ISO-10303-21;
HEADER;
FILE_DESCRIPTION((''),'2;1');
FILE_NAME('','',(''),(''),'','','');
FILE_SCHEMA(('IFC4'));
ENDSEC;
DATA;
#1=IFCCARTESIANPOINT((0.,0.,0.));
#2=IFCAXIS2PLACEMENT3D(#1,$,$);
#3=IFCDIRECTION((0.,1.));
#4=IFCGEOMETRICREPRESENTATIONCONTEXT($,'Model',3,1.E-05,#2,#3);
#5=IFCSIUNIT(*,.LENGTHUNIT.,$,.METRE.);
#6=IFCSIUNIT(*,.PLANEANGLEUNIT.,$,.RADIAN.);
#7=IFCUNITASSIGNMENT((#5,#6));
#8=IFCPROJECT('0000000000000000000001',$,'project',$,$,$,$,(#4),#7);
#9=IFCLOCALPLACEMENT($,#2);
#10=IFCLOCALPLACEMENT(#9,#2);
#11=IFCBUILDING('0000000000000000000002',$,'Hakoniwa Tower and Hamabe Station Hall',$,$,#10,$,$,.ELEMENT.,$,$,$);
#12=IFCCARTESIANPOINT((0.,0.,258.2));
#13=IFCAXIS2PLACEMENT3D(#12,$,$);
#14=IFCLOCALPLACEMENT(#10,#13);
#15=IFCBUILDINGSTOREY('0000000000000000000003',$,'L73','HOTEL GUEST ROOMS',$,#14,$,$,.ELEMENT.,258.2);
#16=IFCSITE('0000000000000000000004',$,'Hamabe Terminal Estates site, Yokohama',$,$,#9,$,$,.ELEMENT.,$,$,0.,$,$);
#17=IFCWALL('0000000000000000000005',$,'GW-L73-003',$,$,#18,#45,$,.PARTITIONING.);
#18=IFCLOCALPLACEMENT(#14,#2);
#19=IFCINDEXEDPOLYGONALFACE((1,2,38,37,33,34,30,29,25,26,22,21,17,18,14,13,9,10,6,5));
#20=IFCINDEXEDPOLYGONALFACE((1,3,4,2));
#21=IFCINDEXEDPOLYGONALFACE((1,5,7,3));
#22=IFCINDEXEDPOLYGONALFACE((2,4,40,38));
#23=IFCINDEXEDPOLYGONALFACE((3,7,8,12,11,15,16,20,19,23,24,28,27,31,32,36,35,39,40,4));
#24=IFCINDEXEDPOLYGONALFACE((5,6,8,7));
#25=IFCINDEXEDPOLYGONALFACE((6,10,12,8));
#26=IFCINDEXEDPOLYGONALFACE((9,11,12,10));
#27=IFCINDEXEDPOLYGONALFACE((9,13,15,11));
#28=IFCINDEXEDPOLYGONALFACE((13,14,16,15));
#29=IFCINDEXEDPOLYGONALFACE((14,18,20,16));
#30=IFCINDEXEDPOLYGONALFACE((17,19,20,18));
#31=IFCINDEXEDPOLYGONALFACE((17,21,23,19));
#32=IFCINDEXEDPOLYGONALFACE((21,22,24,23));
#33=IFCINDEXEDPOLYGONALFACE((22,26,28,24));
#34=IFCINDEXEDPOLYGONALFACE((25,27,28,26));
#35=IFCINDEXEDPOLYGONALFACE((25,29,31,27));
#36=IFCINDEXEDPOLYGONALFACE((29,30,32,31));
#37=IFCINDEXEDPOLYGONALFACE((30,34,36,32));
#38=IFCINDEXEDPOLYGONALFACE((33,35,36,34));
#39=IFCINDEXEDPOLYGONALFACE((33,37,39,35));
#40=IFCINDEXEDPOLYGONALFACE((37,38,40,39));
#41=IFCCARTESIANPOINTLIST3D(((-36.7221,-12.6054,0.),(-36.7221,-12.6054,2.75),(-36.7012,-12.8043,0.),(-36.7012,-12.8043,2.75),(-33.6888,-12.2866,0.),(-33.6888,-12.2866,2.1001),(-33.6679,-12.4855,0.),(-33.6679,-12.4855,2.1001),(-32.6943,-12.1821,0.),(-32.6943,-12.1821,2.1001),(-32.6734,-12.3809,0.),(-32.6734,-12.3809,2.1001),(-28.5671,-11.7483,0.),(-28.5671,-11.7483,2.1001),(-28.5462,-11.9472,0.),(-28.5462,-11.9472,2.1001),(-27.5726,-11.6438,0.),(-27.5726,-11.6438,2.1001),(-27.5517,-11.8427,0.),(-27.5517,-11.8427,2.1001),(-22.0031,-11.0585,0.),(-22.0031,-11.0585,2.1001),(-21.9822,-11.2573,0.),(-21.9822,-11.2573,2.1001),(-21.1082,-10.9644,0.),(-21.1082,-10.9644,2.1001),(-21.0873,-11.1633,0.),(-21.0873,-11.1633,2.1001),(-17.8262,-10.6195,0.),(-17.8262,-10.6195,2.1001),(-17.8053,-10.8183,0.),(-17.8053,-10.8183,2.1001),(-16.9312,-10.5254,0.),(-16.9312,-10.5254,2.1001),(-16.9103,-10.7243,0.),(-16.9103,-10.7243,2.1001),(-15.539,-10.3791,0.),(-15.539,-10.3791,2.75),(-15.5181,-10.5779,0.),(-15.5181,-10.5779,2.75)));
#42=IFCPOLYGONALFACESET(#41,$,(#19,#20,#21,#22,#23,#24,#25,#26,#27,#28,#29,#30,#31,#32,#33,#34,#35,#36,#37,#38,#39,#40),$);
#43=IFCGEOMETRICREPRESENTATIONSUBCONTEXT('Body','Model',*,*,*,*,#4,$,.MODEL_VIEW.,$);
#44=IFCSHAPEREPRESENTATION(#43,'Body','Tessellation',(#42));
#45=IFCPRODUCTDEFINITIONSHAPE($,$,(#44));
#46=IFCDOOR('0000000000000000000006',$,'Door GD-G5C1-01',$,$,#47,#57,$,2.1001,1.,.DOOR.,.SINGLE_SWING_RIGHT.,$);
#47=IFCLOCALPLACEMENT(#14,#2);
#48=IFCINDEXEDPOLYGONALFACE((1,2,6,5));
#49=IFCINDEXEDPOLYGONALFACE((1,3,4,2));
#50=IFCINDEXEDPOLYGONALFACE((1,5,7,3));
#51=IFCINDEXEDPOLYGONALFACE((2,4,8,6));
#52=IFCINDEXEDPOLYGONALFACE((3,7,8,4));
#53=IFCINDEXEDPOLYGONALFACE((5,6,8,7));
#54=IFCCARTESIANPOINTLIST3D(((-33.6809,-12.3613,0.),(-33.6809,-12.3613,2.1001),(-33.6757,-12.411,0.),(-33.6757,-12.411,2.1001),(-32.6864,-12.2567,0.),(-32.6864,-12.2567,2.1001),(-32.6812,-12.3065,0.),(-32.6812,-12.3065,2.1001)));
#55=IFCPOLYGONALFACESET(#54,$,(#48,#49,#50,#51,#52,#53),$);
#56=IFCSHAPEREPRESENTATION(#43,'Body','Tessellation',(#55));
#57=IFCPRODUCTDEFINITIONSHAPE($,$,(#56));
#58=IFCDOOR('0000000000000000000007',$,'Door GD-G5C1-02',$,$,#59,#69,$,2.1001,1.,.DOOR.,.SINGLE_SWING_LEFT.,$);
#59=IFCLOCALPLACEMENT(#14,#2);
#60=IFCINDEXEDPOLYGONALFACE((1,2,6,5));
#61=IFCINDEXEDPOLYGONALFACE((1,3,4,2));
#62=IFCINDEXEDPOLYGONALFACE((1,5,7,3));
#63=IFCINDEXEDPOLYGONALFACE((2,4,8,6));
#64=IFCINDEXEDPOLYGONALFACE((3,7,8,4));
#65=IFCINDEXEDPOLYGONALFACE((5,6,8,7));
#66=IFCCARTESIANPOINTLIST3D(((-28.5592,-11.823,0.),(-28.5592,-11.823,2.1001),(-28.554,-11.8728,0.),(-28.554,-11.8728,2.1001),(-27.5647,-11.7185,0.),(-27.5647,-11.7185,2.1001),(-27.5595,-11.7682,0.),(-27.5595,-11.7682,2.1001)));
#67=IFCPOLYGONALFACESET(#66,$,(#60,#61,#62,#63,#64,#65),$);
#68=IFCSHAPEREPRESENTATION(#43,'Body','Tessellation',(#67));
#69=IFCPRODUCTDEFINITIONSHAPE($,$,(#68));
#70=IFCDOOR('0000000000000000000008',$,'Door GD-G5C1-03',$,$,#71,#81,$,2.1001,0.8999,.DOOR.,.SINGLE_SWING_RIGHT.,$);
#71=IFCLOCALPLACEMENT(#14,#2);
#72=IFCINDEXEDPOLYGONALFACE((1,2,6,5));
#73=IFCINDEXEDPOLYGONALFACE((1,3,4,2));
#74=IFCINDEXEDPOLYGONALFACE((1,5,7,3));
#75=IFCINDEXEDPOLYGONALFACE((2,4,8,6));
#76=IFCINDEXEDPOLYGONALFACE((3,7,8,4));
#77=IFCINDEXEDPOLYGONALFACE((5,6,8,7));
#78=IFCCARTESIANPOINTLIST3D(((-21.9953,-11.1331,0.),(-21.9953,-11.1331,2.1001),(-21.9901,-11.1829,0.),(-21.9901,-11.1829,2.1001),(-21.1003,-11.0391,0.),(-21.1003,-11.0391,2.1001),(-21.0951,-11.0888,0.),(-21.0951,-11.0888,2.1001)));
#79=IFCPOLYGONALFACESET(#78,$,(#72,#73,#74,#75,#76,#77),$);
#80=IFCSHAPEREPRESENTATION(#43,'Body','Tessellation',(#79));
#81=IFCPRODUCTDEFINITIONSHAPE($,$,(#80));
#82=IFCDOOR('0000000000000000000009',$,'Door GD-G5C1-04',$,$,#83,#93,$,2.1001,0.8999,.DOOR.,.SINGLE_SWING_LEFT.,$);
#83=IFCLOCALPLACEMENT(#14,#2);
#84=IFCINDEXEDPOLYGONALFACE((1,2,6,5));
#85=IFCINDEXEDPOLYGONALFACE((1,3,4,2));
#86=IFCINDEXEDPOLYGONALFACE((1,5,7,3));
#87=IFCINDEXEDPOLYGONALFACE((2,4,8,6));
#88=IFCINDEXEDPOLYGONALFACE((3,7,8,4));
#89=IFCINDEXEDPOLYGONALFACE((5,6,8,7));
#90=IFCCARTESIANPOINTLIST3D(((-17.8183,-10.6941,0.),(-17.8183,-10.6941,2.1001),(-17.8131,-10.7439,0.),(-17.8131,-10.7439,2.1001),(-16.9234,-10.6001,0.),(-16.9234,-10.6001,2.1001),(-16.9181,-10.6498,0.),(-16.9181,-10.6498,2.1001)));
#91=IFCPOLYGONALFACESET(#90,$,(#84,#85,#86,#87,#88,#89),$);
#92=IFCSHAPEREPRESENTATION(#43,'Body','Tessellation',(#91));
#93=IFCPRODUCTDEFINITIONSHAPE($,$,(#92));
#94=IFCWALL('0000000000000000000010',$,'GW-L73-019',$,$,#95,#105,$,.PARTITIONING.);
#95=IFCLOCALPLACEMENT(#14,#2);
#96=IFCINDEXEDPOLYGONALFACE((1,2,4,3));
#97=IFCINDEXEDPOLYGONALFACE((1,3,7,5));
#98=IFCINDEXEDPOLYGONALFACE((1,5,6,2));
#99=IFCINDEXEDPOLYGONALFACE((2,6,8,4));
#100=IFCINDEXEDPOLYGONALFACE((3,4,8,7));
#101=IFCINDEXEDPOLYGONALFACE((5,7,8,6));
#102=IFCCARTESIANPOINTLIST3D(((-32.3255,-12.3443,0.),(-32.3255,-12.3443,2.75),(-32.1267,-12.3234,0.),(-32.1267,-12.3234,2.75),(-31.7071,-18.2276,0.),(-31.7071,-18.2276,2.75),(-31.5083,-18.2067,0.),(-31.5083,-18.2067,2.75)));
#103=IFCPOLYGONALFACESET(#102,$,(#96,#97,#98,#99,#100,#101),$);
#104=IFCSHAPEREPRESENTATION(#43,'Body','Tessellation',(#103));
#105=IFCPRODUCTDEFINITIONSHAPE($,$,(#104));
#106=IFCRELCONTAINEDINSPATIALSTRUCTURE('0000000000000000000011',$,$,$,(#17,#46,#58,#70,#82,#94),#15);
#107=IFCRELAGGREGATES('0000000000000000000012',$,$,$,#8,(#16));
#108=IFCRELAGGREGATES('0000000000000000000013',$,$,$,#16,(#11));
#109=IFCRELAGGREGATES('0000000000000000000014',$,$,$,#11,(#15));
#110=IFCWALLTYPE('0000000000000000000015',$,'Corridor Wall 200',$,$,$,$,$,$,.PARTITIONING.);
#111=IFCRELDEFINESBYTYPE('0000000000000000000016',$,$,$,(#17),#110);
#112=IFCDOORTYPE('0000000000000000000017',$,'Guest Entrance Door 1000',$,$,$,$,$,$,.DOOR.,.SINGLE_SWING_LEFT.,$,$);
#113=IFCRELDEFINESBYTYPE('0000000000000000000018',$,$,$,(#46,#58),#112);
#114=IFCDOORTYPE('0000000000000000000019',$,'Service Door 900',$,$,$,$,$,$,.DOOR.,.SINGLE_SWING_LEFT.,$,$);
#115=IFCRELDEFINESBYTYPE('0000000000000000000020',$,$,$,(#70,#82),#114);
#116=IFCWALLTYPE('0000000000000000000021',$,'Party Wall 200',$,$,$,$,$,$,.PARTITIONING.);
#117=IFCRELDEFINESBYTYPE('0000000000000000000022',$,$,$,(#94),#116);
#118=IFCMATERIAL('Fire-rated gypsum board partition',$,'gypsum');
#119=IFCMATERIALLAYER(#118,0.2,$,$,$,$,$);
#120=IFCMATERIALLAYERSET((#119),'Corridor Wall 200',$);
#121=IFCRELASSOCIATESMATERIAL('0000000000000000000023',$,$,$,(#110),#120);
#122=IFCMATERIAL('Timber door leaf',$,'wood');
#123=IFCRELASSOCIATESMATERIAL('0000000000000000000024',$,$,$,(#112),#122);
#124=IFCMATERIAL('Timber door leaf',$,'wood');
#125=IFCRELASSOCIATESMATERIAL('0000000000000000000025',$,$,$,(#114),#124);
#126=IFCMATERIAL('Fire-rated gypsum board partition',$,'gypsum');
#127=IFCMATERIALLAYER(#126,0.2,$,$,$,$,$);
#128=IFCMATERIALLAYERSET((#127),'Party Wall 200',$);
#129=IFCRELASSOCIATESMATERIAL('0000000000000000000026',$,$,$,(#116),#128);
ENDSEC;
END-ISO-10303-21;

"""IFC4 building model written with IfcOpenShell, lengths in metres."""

from ifc_helpers import new_model, si_unit, direction, frame, frame_2d, origin, place, context, subcontext, project, spatial, rectangle, extrude, material, layer, layer_set, type_object, element, fill, save


model = new_model("IFC4")

# Units and contexts
model_context = context("Model", 3, precision=1e-05, world=origin(), true_north=direction((0.0, 1.0)))
body_context = subcontext(model_context, "Body", "Model", "MODEL_VIEW")
ifc_project = project(units=[si_unit("LENGTHUNIT", "METRE"), si_unit("PLANEANGLEUNIT", "RADIAN")], contexts=[model_context])

# Site, building, storey
site_placement = place(None, origin())
site = spatial("IfcSite", under=ifc_project, at=site_placement, Name="Hamabe Terminal Estates site, Yokohama", CompositionType="ELEMENT", RefElevation=0.0)
building_placement = place(site_placement, origin())
building = spatial("IfcBuilding", under=site, at=building_placement, Name="Hakoniwa Tower and Hamabe Station Hall", CompositionType="ELEMENT")
storey_placement = place(building_placement, frame((0.0, 0.0, 258.2)))
storey = spatial("IfcBuildingStorey", under=building, at=storey_placement, Name="L73", Description="HOTEL GUEST ROOMS", CompositionType="ELEMENT", Elevation=258.2)

# Wall, openings, doors
ifc_material_1 = material(Name="Fire-rated gypsum board partition", Category="gypsum")
ifc_layer_1 = layer(ifc_material_1, 0.2)
ifc_layer_set_1 = layer_set([ifc_layer_1], Name="Corridor Wall 200")
wall_type_1 = type_object("IfcWallType", Name="Corridor Wall 200", PredefinedType="PARTITIONING", material=ifc_layer_set_1)
wall_1_placement = place(storey_placement, frame((-36.7117, -12.7048, 0.0), z_axis=(0.0, 0.0, 1.0), x_axis=(0.994522, 0.104523, 0.0)))
wall_1 = element("IfcWall", 1, at=wall_1_placement, inside=storey, type_object=wall_type_1, Name="GW-L73-003", PredefinedType="PARTITIONING", context=body_context, shape_type="SweptSolid", body=[
    extrude(rectangle(XDim=21.2998, YDim=0.2, at=frame_2d((10.6499, 0.0))), origin(), (0.0, 0.0, 1.0), 2.75),
])
opening_1_placement = place(wall_1_placement, frame((3.05, 0.0, 0.0)))
opening_1 = element("IfcOpeningElement", 2, at=opening_1_placement, cuts=wall_1, PredefinedType="OPENING", context=body_context, shape_type="SweptSolid", body=[
    extrude(rectangle(XDim=1.0, YDim=2.1001, at=frame_2d((0.5, 1.05))), frame((0.0, 0.1099, 0.0), z_axis=(0.0, -1.0, 0.0), x_axis=(1.0, 0.0, 0.0)), (0.0, 0.0, 1.0), 0.22),
])
opening_2_placement = place(wall_1_placement, frame((8.2, 0.0, 0.0)))
opening_2 = element("IfcOpeningElement", 3, at=opening_2_placement, cuts=wall_1, PredefinedType="OPENING", context=body_context, shape_type="SweptSolid", body=[
    extrude(rectangle(XDim=1.0, YDim=2.1001, at=frame_2d((0.5, 1.05))), frame((0.0, 0.1099, 0.0), z_axis=(0.0, -1.0, 0.0), x_axis=(1.0, 0.0, 0.0)), (0.0, 0.0, 1.0), 0.22),
])
opening_3_placement = place(wall_1_placement, frame((14.8, 0.0, 0.0)))
opening_3 = element("IfcOpeningElement", 4, at=opening_3_placement, cuts=wall_1, PredefinedType="OPENING", context=body_context, shape_type="SweptSolid", body=[
    extrude(rectangle(XDim=0.8999, YDim=2.1001, at=frame_2d((0.45, 1.05))), frame((0.0, 0.1099, 0.0), z_axis=(0.0, -1.0, 0.0), x_axis=(1.0, 0.0, 0.0)), (0.0, 0.0, 1.0), 0.22),
])
opening_4_placement = place(wall_1_placement, frame((19.0, 0.0, 0.0)))
opening_4 = element("IfcOpeningElement", 5, at=opening_4_placement, cuts=wall_1, PredefinedType="OPENING", context=body_context, shape_type="SweptSolid", body=[
    extrude(rectangle(XDim=0.8999, YDim=2.1001, at=frame_2d((0.45, 1.05))), frame((0.0, 0.1099, 0.0), z_axis=(0.0, -1.0, 0.0), x_axis=(1.0, 0.0, 0.0)), (0.0, 0.0, 1.0), 0.22),
])
ifc_material_2 = material(Name="Timber door leaf", Category="wood")
door_type_1 = type_object("IfcDoorType", Name="Guest Entrance Door 1000", OperationType="SINGLE_SWING_LEFT", PredefinedType="DOOR", material=ifc_material_2)
door_1_placement = place(opening_1_placement, origin())
door_1 = element("IfcDoor", 6, at=door_1_placement, inside=storey, type_object=door_type_1, Name="Door GD-G5C1-01", OperationType="SINGLE_SWING_RIGHT", OverallHeight=2.1001, OverallWidth=1.0, PredefinedType="DOOR", context=body_context, shape_type="SweptSolid", body=[
    extrude(rectangle(XDim=1.0, YDim=2.1001, at=frame_2d((0.5, 1.05))), frame((0.0, 0.0249, 0.0), z_axis=(0.0, -1.0, 0.0), x_axis=(1.0, 0.0, 0.0)), (0.0, 0.0, 1.0), 0.05),
])
fill(opening_1, door_1)
door_2_placement = place(opening_2_placement, origin())
door_2 = element("IfcDoor", 7, at=door_2_placement, inside=storey, type_object=door_type_1, Name="Door GD-G5C1-02", OperationType="SINGLE_SWING_LEFT", OverallHeight=2.1001, OverallWidth=1.0, PredefinedType="DOOR", context=body_context, shape_type="SweptSolid", body=[
    extrude(rectangle(XDim=1.0, YDim=2.1001, at=frame_2d((0.5, 1.05))), frame((0.0, 0.0249, 0.0), z_axis=(0.0, -1.0, 0.0), x_axis=(1.0, 0.0, 0.0)), (0.0, 0.0, 1.0), 0.05),
])
fill(opening_2, door_2)
ifc_material_3 = material(Name="Timber door leaf", Category="wood")
door_type_2 = type_object("IfcDoorType", Name="Service Door 900", OperationType="SINGLE_SWING_LEFT", PredefinedType="DOOR", material=ifc_material_3)
door_3_placement = place(opening_3_placement, origin())
door_3 = element("IfcDoor", 8, at=door_3_placement, inside=storey, type_object=door_type_2, Name="Door GD-G5C1-03", OperationType="SINGLE_SWING_RIGHT", OverallHeight=2.1001, OverallWidth=0.8999, PredefinedType="DOOR", context=body_context, shape_type="SweptSolid", body=[
    extrude(rectangle(XDim=0.8999, YDim=2.1001, at=frame_2d((0.45, 1.05))), frame((0.0, 0.0249, 0.0), z_axis=(0.0, -1.0, 0.0), x_axis=(1.0, 0.0, 0.0)), (0.0, 0.0, 1.0), 0.05),
])
fill(opening_3, door_3)
door_4_placement = place(opening_4_placement, origin())
door_4 = element("IfcDoor", 9, at=door_4_placement, inside=storey, type_object=door_type_2, Name="Door GD-G5C1-04", OperationType="SINGLE_SWING_LEFT", OverallHeight=2.1001, OverallWidth=0.8999, PredefinedType="DOOR", context=body_context, shape_type="SweptSolid", body=[
    extrude(rectangle(XDim=0.8999, YDim=2.1001, at=frame_2d((0.45, 1.05))), frame((0.0, 0.0249, 0.0), z_axis=(0.0, -1.0, 0.0), x_axis=(1.0, 0.0, 0.0)), (0.0, 0.0, 1.0), 0.05),
])
fill(opening_4, door_4)

# Wall
ifc_material_4 = material(Name="Fire-rated gypsum board partition", Category="gypsum")
ifc_layer_2 = layer(ifc_material_4, 0.2)
ifc_layer_set_2 = layer_set([ifc_layer_2], Name="Party Wall 200")
wall_type_2 = type_object("IfcWallType", Name="Party Wall 200", PredefinedType="PARTITIONING", material=ifc_layer_set_2)
wall_2_placement = place(storey_placement, frame((-31.6077, -18.2173, 0.0), z_axis=(0.0, 0.0, 1.0), x_axis=(-0.104537, 0.994521, 0.0)))
element("IfcWall", 10, at=wall_2_placement, inside=storey, type_object=wall_type_2, Name="GW-L73-019", PredefinedType="PARTITIONING", context=body_context, shape_type="SweptSolid", body=[
    extrude(rectangle(XDim=5.9158, YDim=0.2, at=frame_2d((2.958, 0.0))), origin(), (0.0, 0.0, 1.0), 2.75),
])

save(model, "model.ifc")
